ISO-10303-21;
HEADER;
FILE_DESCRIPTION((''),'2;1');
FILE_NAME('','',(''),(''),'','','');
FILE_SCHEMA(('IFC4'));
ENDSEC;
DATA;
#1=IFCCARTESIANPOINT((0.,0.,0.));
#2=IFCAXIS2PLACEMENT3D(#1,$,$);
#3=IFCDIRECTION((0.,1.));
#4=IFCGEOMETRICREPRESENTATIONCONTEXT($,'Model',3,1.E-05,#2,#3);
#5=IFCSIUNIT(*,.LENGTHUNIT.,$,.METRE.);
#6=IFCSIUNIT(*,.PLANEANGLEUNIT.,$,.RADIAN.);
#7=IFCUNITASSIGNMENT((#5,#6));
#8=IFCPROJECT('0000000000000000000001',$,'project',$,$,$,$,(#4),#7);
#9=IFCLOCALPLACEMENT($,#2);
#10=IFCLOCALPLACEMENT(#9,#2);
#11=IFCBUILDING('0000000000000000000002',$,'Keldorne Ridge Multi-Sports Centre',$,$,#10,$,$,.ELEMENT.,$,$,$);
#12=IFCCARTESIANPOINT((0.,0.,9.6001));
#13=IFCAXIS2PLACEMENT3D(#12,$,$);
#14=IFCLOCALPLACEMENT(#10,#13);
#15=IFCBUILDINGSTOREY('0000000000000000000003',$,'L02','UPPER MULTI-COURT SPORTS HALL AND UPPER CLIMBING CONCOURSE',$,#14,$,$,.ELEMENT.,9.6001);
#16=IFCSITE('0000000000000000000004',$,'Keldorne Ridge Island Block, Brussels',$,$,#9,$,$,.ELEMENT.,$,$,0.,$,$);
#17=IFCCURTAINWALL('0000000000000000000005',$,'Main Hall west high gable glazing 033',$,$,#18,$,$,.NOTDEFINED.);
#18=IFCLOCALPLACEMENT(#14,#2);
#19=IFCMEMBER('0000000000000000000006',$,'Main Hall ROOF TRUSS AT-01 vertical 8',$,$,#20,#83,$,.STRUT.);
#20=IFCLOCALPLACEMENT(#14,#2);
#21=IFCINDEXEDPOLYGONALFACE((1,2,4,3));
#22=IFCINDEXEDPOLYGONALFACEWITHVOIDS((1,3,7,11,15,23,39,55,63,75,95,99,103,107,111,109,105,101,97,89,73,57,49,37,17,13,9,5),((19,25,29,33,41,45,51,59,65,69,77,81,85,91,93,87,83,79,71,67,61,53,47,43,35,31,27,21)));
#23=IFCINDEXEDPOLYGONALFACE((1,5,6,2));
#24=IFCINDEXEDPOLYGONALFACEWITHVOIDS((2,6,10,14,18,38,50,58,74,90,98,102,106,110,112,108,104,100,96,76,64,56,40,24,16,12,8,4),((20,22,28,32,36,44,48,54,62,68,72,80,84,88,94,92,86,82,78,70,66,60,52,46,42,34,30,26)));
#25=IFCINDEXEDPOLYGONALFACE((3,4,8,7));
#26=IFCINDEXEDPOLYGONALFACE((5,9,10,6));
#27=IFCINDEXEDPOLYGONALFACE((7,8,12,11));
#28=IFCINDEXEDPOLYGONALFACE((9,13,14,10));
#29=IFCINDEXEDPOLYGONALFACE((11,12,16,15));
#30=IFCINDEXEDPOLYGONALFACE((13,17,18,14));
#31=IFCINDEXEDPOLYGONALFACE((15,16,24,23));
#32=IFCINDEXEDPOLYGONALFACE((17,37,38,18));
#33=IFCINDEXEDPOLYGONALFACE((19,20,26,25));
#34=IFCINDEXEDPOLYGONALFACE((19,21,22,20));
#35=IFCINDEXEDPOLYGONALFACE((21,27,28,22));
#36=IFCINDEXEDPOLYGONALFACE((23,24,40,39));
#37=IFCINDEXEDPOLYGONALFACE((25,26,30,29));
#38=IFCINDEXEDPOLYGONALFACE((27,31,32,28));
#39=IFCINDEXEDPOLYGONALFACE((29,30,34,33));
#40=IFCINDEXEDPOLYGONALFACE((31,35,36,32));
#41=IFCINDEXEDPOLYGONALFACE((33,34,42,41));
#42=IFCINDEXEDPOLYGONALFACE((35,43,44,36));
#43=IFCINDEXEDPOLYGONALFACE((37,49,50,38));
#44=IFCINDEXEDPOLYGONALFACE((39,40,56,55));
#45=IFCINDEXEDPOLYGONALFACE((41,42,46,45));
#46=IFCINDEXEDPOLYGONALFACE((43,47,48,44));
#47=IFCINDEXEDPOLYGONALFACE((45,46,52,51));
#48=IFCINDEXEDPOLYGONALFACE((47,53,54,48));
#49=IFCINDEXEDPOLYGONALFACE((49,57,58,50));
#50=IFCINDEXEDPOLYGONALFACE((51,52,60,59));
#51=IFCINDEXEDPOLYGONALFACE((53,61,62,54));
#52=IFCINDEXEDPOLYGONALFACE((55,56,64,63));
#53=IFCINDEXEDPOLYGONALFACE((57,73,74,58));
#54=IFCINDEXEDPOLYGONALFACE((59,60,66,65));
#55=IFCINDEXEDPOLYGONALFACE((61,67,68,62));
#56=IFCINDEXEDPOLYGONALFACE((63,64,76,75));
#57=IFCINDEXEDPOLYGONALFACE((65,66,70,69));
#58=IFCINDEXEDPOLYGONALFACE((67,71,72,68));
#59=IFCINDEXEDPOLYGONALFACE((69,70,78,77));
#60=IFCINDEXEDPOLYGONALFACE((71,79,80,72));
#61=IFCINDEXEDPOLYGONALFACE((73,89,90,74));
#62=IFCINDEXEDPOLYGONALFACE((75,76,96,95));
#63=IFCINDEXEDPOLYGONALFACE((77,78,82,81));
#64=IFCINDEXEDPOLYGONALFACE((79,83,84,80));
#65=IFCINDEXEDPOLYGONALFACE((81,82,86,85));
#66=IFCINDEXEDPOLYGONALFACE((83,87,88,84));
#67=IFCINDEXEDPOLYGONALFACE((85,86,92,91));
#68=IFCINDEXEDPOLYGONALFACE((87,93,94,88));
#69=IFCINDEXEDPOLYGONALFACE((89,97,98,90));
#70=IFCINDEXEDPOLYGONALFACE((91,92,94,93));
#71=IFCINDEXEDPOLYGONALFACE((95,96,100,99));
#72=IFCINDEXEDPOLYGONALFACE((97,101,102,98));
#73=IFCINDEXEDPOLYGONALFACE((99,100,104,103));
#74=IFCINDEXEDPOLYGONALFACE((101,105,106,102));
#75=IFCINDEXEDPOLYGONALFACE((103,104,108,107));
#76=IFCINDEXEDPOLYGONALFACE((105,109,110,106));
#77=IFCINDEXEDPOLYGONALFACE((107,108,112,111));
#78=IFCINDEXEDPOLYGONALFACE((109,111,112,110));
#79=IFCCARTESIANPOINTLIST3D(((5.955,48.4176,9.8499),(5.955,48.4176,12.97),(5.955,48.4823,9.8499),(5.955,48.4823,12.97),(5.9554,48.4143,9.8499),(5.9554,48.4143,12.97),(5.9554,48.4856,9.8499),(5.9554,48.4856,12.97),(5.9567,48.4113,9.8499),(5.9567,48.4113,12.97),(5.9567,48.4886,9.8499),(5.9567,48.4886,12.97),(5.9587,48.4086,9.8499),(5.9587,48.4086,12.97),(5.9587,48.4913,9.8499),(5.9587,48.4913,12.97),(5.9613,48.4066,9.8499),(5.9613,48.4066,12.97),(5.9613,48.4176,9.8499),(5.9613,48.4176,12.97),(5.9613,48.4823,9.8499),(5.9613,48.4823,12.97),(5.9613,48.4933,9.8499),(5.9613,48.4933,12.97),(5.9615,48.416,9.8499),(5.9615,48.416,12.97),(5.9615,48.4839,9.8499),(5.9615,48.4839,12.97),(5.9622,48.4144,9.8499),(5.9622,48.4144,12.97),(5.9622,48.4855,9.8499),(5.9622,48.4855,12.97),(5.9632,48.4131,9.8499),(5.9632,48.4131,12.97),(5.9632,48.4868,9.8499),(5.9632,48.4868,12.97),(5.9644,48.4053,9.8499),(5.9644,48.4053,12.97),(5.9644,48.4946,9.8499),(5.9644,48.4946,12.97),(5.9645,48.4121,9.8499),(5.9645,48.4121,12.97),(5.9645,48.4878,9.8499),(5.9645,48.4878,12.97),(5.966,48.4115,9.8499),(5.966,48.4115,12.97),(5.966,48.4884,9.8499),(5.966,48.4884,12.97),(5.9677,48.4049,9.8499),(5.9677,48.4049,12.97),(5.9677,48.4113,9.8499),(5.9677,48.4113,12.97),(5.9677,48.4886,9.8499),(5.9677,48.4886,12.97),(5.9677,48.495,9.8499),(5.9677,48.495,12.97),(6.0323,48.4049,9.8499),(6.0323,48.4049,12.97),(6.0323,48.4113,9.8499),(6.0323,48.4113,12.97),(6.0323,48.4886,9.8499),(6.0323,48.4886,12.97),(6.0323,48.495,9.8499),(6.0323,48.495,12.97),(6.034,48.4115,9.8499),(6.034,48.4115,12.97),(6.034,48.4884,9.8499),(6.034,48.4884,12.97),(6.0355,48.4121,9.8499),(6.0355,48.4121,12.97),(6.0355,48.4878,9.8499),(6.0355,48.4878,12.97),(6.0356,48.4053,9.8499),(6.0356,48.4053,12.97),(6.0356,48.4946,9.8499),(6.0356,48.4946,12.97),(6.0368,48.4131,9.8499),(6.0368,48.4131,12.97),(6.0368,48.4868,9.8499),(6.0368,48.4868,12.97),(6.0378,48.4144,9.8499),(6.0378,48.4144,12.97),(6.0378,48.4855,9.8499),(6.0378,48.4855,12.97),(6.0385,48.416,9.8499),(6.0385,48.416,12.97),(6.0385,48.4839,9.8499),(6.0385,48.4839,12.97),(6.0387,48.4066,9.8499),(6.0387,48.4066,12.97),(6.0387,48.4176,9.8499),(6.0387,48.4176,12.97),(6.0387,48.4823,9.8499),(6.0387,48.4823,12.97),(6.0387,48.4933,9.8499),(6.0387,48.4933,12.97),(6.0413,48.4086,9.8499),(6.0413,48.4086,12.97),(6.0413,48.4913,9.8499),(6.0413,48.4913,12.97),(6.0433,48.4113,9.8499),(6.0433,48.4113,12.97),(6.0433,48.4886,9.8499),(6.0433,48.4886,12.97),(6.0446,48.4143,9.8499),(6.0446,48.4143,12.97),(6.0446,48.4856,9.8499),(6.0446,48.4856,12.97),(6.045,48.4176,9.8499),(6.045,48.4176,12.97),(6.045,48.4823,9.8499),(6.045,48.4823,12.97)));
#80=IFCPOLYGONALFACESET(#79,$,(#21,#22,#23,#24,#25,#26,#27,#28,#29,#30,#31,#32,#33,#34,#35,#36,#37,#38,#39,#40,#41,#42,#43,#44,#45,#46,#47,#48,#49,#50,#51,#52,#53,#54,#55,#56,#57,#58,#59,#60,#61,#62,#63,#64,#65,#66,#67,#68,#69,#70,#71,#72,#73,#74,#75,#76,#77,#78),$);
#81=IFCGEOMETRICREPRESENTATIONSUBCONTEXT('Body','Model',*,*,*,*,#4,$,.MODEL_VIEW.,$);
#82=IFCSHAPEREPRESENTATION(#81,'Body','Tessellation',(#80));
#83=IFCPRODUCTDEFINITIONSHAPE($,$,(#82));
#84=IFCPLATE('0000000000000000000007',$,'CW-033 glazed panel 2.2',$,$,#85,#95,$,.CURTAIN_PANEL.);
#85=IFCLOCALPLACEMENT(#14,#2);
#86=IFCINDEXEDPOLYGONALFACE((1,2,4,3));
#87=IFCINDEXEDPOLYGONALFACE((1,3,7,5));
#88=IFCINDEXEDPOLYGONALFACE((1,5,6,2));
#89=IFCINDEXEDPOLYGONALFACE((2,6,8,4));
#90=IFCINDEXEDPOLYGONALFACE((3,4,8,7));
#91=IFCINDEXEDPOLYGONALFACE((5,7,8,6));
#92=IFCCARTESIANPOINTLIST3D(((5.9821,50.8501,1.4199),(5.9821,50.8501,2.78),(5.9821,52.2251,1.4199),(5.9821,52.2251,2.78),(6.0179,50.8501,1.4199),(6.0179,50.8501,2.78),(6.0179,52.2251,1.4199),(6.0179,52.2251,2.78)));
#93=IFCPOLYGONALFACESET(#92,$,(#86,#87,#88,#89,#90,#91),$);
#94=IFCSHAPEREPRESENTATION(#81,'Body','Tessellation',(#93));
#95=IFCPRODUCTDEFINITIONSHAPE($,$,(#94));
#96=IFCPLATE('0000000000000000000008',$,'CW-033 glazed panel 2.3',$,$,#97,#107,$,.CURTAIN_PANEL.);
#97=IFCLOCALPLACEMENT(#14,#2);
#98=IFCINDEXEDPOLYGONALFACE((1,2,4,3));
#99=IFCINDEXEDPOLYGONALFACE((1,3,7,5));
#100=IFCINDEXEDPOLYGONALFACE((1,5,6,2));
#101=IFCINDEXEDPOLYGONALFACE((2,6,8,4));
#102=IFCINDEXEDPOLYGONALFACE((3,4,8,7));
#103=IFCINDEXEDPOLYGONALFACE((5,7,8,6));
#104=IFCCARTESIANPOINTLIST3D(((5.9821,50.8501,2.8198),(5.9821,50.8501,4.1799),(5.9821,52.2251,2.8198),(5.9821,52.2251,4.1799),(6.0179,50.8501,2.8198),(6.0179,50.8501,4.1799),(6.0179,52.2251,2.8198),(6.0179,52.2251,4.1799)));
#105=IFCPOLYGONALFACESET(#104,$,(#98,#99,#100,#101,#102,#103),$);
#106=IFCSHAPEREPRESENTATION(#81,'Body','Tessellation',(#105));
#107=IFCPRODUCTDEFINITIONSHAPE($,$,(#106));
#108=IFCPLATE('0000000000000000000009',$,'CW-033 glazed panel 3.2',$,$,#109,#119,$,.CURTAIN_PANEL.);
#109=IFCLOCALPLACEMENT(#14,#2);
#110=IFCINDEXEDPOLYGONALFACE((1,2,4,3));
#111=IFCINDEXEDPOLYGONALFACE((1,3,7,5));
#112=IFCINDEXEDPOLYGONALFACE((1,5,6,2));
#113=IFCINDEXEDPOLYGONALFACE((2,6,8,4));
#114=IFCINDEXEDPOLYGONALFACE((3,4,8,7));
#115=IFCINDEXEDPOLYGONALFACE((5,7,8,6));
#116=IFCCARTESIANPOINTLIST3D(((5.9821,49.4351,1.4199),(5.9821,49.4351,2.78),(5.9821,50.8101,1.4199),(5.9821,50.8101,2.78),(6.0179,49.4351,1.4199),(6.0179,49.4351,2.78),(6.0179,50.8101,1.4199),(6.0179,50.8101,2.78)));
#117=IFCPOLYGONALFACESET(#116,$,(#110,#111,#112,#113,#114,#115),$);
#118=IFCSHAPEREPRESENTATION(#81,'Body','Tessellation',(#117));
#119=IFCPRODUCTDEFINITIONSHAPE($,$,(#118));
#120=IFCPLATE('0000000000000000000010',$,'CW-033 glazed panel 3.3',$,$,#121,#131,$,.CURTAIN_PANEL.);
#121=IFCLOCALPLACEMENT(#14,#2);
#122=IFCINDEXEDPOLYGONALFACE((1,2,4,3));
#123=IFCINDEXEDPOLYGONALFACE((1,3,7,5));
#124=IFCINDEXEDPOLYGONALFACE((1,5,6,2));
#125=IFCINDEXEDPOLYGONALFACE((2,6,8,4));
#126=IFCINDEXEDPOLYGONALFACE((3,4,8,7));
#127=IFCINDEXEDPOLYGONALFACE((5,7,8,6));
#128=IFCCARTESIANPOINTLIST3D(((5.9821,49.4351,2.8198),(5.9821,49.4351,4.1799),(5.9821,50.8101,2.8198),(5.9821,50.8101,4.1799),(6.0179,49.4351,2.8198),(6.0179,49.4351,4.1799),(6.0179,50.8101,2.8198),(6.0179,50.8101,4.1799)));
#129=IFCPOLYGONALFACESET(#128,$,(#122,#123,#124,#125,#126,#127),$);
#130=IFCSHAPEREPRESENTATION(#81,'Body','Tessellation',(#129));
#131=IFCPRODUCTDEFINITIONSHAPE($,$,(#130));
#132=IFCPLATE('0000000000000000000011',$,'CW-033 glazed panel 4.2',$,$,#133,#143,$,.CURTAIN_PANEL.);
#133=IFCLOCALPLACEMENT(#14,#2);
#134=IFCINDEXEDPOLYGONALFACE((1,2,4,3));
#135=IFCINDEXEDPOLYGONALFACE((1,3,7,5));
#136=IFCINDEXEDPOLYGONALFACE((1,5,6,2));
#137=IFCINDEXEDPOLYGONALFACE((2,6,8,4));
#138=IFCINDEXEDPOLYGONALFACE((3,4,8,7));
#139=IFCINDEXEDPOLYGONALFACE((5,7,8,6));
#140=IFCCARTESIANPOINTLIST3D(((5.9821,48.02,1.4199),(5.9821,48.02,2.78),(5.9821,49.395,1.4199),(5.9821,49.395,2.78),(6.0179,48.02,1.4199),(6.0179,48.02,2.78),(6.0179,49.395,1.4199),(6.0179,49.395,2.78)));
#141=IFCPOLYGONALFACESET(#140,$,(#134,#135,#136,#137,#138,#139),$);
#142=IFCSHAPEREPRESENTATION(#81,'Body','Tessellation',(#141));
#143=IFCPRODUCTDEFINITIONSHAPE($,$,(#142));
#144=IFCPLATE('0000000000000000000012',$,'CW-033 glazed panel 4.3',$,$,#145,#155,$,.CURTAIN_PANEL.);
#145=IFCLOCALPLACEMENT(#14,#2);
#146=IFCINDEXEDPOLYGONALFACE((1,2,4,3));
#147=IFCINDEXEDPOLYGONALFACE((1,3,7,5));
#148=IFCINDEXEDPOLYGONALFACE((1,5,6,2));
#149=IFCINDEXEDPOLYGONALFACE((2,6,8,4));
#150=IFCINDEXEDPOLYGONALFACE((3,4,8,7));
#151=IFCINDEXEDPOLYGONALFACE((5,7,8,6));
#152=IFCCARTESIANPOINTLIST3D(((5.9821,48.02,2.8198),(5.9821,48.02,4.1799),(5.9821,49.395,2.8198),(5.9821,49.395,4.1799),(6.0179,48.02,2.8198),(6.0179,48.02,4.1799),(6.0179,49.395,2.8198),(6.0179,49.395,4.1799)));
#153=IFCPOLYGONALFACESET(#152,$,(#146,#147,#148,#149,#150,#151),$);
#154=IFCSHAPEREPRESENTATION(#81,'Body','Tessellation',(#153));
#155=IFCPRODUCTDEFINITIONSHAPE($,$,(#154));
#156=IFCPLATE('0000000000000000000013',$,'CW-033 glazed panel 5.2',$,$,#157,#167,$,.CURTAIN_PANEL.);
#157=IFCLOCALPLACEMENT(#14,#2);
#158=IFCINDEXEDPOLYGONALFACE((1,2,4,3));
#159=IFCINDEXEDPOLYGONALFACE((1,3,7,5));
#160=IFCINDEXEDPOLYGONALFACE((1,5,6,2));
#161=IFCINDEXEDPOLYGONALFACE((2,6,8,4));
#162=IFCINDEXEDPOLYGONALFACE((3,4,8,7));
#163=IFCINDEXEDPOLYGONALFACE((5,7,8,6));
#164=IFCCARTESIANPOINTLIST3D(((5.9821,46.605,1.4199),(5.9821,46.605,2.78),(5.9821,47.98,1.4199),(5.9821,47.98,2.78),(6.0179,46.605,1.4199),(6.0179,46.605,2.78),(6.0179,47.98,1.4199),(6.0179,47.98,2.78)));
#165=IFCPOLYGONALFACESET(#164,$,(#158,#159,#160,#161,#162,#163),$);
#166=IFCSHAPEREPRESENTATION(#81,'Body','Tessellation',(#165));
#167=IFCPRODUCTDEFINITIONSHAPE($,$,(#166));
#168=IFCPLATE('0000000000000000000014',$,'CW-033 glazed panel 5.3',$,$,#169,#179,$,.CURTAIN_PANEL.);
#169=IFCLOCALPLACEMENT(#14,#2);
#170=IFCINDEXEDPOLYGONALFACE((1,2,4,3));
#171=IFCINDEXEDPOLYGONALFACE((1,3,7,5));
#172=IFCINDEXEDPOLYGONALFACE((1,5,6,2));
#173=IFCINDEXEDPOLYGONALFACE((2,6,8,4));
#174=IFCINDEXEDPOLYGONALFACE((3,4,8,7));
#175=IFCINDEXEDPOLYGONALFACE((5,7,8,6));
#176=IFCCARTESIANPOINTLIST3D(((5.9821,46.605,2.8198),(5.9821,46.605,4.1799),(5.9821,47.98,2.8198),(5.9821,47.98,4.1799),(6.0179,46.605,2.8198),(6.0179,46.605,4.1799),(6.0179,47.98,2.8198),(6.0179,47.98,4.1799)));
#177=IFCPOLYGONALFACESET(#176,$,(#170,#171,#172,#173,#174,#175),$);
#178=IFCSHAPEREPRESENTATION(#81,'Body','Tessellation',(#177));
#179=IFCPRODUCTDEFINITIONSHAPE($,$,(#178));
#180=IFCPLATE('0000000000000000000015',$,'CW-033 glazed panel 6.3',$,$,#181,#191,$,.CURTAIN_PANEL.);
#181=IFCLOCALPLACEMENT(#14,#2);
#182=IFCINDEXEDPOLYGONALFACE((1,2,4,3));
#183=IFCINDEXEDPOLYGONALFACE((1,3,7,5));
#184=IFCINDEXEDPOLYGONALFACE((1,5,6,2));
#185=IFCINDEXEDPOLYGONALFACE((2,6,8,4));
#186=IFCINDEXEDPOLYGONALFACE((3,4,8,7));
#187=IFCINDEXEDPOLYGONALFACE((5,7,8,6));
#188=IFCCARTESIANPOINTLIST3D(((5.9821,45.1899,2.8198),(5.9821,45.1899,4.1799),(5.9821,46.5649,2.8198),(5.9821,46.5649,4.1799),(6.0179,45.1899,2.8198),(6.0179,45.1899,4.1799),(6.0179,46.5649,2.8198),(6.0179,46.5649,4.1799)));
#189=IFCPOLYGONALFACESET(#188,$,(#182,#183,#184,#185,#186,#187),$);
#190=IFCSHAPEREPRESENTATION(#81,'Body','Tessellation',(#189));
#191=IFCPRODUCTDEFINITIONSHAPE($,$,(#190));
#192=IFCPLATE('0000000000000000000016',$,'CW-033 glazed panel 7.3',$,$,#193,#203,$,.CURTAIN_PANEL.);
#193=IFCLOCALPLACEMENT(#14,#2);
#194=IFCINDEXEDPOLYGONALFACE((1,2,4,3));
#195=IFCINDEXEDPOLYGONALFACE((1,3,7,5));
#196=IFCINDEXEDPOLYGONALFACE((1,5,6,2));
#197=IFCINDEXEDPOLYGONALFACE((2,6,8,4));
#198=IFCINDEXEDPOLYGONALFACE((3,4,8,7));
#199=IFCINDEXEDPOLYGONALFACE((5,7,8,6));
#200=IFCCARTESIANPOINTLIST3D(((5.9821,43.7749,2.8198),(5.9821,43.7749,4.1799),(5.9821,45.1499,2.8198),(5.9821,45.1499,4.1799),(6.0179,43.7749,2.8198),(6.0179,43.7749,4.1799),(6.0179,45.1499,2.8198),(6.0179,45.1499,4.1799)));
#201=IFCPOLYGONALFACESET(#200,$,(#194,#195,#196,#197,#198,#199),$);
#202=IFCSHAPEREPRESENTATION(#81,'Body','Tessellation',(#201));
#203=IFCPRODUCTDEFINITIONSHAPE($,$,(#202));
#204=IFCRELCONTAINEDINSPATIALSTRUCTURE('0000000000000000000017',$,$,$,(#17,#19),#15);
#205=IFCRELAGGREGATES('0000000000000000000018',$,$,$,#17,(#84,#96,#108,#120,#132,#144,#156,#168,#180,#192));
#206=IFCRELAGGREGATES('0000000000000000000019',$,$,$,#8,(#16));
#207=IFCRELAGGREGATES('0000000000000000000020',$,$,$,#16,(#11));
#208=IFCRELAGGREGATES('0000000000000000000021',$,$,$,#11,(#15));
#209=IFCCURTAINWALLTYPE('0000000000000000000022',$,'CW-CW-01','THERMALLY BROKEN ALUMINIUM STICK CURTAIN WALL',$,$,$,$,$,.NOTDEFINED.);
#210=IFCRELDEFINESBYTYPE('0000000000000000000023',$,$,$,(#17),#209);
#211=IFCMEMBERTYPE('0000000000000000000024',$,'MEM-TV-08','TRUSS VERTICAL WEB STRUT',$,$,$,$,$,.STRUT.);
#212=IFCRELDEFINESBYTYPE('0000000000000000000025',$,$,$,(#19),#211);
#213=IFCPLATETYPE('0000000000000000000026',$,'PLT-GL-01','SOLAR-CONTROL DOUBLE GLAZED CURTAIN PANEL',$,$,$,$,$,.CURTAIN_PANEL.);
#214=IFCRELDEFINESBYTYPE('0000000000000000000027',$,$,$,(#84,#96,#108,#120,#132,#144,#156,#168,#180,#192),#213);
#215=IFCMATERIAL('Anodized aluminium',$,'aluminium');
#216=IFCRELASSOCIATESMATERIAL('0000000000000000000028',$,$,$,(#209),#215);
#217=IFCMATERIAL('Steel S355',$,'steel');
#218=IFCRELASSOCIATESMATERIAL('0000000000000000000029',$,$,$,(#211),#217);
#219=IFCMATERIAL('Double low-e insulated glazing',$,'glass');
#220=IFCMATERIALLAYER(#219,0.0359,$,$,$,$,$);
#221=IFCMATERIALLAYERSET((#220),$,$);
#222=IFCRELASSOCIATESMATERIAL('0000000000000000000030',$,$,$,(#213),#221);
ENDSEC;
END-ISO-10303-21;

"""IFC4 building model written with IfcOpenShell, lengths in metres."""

from ifc_helpers import new_model, si_unit, direction, frame, origin, origin_2d, place, context, subcontext, project, spatial, rectangle, hollow_rectangle, extrude, material, layer, layer_set, material_profile, profile_set, type_object, element, aggregate, save


model = new_model("IFC4")

# Units and contexts
model_context = context("Model", 3, precision=1e-05, world=origin(), true_north=direction((0.0, 1.0)))
body_context = subcontext(model_context, "Body", "Model", "MODEL_VIEW")
ifc_project = project(units=[si_unit("LENGTHUNIT", "METRE"), si_unit("PLANEANGLEUNIT", "RADIAN")], contexts=[model_context])

# Site, building, storey
site_placement = place(None, origin())
site = spatial("IfcSite", under=ifc_project, at=site_placement, Name="Keldorne Ridge Island Block, Brussels", CompositionType="ELEMENT", RefElevation=0.0)
building_placement = place(site_placement, origin())
building = spatial("IfcBuilding", under=site, at=building_placement, Name="Keldorne Ridge Multi-Sports Centre", CompositionType="ELEMENT")
storey_placement = place(building_placement, frame((0.0, 0.0, 9.6001)))
storey = spatial("IfcBuildingStorey", under=building, at=storey_placement, Name="L02", Description="UPPER MULTI-COURT SPORTS HALL AND UPPER CLIMBING CONCOURSE", CompositionType="ELEMENT", Elevation=9.6001)

# Shared definitions
ifc_material_1 = material(Name="Steel S355", Category="steel")

# Curtain wall
ifc_material_2 = material(Name="Anodized aluminium", Category="aluminium")
curtain_wall_type = type_object("IfcCurtainWallType", Name="CW-CW-01", Description="THERMALLY BROKEN ALUMINIUM STICK CURTAIN WALL", PredefinedType="NOTDEFINED", material=ifc_material_2)
curtain_wall_placement = place(storey_placement, origin())
curtain_wall = element("IfcCurtainWall", 1, at=curtain_wall_placement, inside=storey, type_object=curtain_wall_type, Name="Main Hall west high gable glazing 033", PredefinedType="NOTDEFINED")

# Member
ifc_material_profile_1 = material_profile(ifc_material_1, hollow_rectangle(XDim=0.0901, YDim=0.0901, WallThickness=0.0063, InnerFilletRadius=0.0063, OuterFilletRadius=0.0127, at=origin_2d()), Name="SHS 90x90x6.3")
ifc_profile_set_1 = profile_set([ifc_material_profile_1], Name="Steel S355")
member_type_1 = type_object("IfcMemberType", Name="MEM-TV-08", Description="TRUSS VERTICAL WEB STRUT", PredefinedType="STRUT", material=ifc_profile_set_1)
member_1_placement = place(storey_placement, frame((6.0, 48.45, 9.8499), z_axis=(0.0, 0.0, 1.0), x_axis=(1.0, 0.0, 0.0)))
element("IfcMember", 2, at=member_1_placement, inside=storey, type_object=member_type_1, Name="Main Hall ROOF TRUSS AT-01 vertical 8", PredefinedType="STRUT", context=body_context, shape_type="SweptSolid", body=[
    extrude(hollow_rectangle(XDim=0.0901, YDim=0.0901, WallThickness=0.0063, InnerFilletRadius=0.0063, OuterFilletRadius=0.0127, at=origin_2d()), origin(), (0.0, 0.0, 1.0), 3.1201),
])

# Plates
ifc_material_3 = material(Name="Double low-e insulated glazing", Category="glass")
ifc_layer = layer(ifc_material_3, 0.0359)
ifc_layer_set = layer_set([ifc_layer])
plate_type = type_object("IfcPlateType", Name="PLT-GL-01", Description="SOLAR-CONTROL DOUBLE GLAZED CURTAIN PANEL", PredefinedType="CURTAIN_PANEL", material=ifc_layer_set)
plate_1_placement = place(storey_placement, frame((6.0, 51.5376, 1.4199), z_axis=(0.0, 0.0, 1.0), x_axis=(0.0, -1.0, 0.0)))
plate_1 = element("IfcPlate", 3, at=plate_1_placement, type_object=plate_type, Name="CW-033 glazed panel 2.2", PredefinedType="CURTAIN_PANEL", context=body_context, shape_type="SweptSolid", body=[
    extrude(rectangle(XDim=1.375, YDim=0.0359, at=origin_2d()), origin(), (0.0, 0.0, 1.0), 1.3601),
])
plate_2_placement = place(storey_placement, frame((6.0, 51.5376, 2.8198), z_axis=(0.0, 0.0, 1.0), x_axis=(0.0, -1.0, 0.0)))
plate_2 = element("IfcPlate", 4, at=plate_2_placement, type_object=plate_type, Name="CW-033 glazed panel 2.3", PredefinedType="CURTAIN_PANEL", context=body_context, shape_type="SweptSolid", body=[
    extrude(rectangle(XDim=1.375, YDim=0.0359, at=origin_2d()), origin(), (0.0, 0.0, 1.0), 1.3601),
])
plate_3_placement = place(storey_placement, frame((6.0, 50.1226, 1.4199), z_axis=(0.0, 0.0, 1.0), x_axis=(0.0, -1.0, 0.0)))
plate_3 = element("IfcPlate", 5, at=plate_3_placement, type_object=plate_type, Name="CW-033 glazed panel 3.2", PredefinedType="CURTAIN_PANEL", context=body_context, shape_type="SweptSolid", body=[
    extrude(rectangle(XDim=1.375, YDim=0.0359, at=origin_2d()), origin(), (0.0, 0.0, 1.0), 1.3601),
])
plate_4_placement = place(storey_placement, frame((6.0, 50.1226, 2.8198), z_axis=(0.0, 0.0, 1.0), x_axis=(0.0, -1.0, 0.0)))
plate_4 = element("IfcPlate", 6, at=plate_4_placement, type_object=plate_type, Name="CW-033 glazed panel 3.3", PredefinedType="CURTAIN_PANEL", context=body_context, shape_type="SweptSolid", body=[
    extrude(rectangle(XDim=1.375, YDim=0.0359, at=origin_2d()), origin(), (0.0, 0.0, 1.0), 1.3601),
])
plate_5_placement = place(storey_placement, frame((6.0, 48.7075, 1.4199), z_axis=(0.0, 0.0, 1.0), x_axis=(0.0, -1.0, 0.0)))
plate_5 = element("IfcPlate", 7, at=plate_5_placement, type_object=plate_type, Name="CW-033 glazed panel 4.2", PredefinedType="CURTAIN_PANEL", context=body_context, shape_type="SweptSolid", body=[
    extrude(rectangle(XDim=1.375, YDim=0.0359, at=origin_2d()), origin(), (0.0, 0.0, 1.0), 1.3601),
])
plate_6_placement = place(storey_placement, frame((6.0, 48.7075, 2.8198), z_axis=(0.0, 0.0, 1.0), x_axis=(0.0, -1.0, 0.0)))
plate_6 = element("IfcPlate", 8, at=plate_6_placement, type_object=plate_type, Name="CW-033 glazed panel 4.3", PredefinedType="CURTAIN_PANEL", context=body_context, shape_type="SweptSolid", body=[
    extrude(rectangle(XDim=1.375, YDim=0.0359, at=origin_2d()), origin(), (0.0, 0.0, 1.0), 1.3601),
])
plate_7_placement = place(storey_placement, frame((6.0, 47.2925, 1.4199), z_axis=(0.0, 0.0, 1.0), x_axis=(0.0, -1.0, 0.0)))
plate_7 = element("IfcPlate", 9, at=plate_7_placement, type_object=plate_type, Name="CW-033 glazed panel 5.2", PredefinedType="CURTAIN_PANEL", context=body_context, shape_type="SweptSolid", body=[
    extrude(rectangle(XDim=1.375, YDim=0.0359, at=origin_2d()), origin(), (0.0, 0.0, 1.0), 1.3601),
])
plate_8_placement = place(storey_placement, frame((6.0, 47.2925, 2.8198), z_axis=(0.0, 0.0, 1.0), x_axis=(0.0, -1.0, 0.0)))
plate_8 = element("IfcPlate", 10, at=plate_8_placement, type_object=plate_type, Name="CW-033 glazed panel 5.3", PredefinedType="CURTAIN_PANEL", context=body_context, shape_type="SweptSolid", body=[
    extrude(rectangle(XDim=1.375, YDim=0.0359, at=origin_2d()), origin(), (0.0, 0.0, 1.0), 1.3601),
])
plate_9_placement = place(storey_placement, frame((6.0, 45.8774, 2.8198), z_axis=(0.0, 0.0, 1.0), x_axis=(0.0, -1.0, 0.0)))
plate_9 = element("IfcPlate", 11, at=plate_9_placement, type_object=plate_type, Name="CW-033 glazed panel 6.3", PredefinedType="CURTAIN_PANEL", context=body_context, shape_type="SweptSolid", body=[
    extrude(rectangle(XDim=1.375, YDim=0.0359, at=origin_2d()), origin(), (0.0, 0.0, 1.0), 1.3601),
])
plate_10_placement = place(storey_placement, frame((6.0, 44.4624, 2.8198), z_axis=(0.0, 0.0, 1.0), x_axis=(0.0, -1.0, 0.0)))
plate_10 = element("IfcPlate", 12, at=plate_10_placement, type_object=plate_type, Name="CW-033 glazed panel 7.3", PredefinedType="CURTAIN_PANEL", context=body_context, shape_type="SweptSolid", body=[
    extrude(rectangle(XDim=1.375, YDim=0.0359, at=origin_2d()), origin(), (0.0, 0.0, 1.0), 1.3601),
])
aggregate(curtain_wall, [plate_1, plate_2, plate_3, plate_4, plate_5, plate_6, plate_7, plate_8, plate_9, plate_10])

save(model, "model.ifc")
